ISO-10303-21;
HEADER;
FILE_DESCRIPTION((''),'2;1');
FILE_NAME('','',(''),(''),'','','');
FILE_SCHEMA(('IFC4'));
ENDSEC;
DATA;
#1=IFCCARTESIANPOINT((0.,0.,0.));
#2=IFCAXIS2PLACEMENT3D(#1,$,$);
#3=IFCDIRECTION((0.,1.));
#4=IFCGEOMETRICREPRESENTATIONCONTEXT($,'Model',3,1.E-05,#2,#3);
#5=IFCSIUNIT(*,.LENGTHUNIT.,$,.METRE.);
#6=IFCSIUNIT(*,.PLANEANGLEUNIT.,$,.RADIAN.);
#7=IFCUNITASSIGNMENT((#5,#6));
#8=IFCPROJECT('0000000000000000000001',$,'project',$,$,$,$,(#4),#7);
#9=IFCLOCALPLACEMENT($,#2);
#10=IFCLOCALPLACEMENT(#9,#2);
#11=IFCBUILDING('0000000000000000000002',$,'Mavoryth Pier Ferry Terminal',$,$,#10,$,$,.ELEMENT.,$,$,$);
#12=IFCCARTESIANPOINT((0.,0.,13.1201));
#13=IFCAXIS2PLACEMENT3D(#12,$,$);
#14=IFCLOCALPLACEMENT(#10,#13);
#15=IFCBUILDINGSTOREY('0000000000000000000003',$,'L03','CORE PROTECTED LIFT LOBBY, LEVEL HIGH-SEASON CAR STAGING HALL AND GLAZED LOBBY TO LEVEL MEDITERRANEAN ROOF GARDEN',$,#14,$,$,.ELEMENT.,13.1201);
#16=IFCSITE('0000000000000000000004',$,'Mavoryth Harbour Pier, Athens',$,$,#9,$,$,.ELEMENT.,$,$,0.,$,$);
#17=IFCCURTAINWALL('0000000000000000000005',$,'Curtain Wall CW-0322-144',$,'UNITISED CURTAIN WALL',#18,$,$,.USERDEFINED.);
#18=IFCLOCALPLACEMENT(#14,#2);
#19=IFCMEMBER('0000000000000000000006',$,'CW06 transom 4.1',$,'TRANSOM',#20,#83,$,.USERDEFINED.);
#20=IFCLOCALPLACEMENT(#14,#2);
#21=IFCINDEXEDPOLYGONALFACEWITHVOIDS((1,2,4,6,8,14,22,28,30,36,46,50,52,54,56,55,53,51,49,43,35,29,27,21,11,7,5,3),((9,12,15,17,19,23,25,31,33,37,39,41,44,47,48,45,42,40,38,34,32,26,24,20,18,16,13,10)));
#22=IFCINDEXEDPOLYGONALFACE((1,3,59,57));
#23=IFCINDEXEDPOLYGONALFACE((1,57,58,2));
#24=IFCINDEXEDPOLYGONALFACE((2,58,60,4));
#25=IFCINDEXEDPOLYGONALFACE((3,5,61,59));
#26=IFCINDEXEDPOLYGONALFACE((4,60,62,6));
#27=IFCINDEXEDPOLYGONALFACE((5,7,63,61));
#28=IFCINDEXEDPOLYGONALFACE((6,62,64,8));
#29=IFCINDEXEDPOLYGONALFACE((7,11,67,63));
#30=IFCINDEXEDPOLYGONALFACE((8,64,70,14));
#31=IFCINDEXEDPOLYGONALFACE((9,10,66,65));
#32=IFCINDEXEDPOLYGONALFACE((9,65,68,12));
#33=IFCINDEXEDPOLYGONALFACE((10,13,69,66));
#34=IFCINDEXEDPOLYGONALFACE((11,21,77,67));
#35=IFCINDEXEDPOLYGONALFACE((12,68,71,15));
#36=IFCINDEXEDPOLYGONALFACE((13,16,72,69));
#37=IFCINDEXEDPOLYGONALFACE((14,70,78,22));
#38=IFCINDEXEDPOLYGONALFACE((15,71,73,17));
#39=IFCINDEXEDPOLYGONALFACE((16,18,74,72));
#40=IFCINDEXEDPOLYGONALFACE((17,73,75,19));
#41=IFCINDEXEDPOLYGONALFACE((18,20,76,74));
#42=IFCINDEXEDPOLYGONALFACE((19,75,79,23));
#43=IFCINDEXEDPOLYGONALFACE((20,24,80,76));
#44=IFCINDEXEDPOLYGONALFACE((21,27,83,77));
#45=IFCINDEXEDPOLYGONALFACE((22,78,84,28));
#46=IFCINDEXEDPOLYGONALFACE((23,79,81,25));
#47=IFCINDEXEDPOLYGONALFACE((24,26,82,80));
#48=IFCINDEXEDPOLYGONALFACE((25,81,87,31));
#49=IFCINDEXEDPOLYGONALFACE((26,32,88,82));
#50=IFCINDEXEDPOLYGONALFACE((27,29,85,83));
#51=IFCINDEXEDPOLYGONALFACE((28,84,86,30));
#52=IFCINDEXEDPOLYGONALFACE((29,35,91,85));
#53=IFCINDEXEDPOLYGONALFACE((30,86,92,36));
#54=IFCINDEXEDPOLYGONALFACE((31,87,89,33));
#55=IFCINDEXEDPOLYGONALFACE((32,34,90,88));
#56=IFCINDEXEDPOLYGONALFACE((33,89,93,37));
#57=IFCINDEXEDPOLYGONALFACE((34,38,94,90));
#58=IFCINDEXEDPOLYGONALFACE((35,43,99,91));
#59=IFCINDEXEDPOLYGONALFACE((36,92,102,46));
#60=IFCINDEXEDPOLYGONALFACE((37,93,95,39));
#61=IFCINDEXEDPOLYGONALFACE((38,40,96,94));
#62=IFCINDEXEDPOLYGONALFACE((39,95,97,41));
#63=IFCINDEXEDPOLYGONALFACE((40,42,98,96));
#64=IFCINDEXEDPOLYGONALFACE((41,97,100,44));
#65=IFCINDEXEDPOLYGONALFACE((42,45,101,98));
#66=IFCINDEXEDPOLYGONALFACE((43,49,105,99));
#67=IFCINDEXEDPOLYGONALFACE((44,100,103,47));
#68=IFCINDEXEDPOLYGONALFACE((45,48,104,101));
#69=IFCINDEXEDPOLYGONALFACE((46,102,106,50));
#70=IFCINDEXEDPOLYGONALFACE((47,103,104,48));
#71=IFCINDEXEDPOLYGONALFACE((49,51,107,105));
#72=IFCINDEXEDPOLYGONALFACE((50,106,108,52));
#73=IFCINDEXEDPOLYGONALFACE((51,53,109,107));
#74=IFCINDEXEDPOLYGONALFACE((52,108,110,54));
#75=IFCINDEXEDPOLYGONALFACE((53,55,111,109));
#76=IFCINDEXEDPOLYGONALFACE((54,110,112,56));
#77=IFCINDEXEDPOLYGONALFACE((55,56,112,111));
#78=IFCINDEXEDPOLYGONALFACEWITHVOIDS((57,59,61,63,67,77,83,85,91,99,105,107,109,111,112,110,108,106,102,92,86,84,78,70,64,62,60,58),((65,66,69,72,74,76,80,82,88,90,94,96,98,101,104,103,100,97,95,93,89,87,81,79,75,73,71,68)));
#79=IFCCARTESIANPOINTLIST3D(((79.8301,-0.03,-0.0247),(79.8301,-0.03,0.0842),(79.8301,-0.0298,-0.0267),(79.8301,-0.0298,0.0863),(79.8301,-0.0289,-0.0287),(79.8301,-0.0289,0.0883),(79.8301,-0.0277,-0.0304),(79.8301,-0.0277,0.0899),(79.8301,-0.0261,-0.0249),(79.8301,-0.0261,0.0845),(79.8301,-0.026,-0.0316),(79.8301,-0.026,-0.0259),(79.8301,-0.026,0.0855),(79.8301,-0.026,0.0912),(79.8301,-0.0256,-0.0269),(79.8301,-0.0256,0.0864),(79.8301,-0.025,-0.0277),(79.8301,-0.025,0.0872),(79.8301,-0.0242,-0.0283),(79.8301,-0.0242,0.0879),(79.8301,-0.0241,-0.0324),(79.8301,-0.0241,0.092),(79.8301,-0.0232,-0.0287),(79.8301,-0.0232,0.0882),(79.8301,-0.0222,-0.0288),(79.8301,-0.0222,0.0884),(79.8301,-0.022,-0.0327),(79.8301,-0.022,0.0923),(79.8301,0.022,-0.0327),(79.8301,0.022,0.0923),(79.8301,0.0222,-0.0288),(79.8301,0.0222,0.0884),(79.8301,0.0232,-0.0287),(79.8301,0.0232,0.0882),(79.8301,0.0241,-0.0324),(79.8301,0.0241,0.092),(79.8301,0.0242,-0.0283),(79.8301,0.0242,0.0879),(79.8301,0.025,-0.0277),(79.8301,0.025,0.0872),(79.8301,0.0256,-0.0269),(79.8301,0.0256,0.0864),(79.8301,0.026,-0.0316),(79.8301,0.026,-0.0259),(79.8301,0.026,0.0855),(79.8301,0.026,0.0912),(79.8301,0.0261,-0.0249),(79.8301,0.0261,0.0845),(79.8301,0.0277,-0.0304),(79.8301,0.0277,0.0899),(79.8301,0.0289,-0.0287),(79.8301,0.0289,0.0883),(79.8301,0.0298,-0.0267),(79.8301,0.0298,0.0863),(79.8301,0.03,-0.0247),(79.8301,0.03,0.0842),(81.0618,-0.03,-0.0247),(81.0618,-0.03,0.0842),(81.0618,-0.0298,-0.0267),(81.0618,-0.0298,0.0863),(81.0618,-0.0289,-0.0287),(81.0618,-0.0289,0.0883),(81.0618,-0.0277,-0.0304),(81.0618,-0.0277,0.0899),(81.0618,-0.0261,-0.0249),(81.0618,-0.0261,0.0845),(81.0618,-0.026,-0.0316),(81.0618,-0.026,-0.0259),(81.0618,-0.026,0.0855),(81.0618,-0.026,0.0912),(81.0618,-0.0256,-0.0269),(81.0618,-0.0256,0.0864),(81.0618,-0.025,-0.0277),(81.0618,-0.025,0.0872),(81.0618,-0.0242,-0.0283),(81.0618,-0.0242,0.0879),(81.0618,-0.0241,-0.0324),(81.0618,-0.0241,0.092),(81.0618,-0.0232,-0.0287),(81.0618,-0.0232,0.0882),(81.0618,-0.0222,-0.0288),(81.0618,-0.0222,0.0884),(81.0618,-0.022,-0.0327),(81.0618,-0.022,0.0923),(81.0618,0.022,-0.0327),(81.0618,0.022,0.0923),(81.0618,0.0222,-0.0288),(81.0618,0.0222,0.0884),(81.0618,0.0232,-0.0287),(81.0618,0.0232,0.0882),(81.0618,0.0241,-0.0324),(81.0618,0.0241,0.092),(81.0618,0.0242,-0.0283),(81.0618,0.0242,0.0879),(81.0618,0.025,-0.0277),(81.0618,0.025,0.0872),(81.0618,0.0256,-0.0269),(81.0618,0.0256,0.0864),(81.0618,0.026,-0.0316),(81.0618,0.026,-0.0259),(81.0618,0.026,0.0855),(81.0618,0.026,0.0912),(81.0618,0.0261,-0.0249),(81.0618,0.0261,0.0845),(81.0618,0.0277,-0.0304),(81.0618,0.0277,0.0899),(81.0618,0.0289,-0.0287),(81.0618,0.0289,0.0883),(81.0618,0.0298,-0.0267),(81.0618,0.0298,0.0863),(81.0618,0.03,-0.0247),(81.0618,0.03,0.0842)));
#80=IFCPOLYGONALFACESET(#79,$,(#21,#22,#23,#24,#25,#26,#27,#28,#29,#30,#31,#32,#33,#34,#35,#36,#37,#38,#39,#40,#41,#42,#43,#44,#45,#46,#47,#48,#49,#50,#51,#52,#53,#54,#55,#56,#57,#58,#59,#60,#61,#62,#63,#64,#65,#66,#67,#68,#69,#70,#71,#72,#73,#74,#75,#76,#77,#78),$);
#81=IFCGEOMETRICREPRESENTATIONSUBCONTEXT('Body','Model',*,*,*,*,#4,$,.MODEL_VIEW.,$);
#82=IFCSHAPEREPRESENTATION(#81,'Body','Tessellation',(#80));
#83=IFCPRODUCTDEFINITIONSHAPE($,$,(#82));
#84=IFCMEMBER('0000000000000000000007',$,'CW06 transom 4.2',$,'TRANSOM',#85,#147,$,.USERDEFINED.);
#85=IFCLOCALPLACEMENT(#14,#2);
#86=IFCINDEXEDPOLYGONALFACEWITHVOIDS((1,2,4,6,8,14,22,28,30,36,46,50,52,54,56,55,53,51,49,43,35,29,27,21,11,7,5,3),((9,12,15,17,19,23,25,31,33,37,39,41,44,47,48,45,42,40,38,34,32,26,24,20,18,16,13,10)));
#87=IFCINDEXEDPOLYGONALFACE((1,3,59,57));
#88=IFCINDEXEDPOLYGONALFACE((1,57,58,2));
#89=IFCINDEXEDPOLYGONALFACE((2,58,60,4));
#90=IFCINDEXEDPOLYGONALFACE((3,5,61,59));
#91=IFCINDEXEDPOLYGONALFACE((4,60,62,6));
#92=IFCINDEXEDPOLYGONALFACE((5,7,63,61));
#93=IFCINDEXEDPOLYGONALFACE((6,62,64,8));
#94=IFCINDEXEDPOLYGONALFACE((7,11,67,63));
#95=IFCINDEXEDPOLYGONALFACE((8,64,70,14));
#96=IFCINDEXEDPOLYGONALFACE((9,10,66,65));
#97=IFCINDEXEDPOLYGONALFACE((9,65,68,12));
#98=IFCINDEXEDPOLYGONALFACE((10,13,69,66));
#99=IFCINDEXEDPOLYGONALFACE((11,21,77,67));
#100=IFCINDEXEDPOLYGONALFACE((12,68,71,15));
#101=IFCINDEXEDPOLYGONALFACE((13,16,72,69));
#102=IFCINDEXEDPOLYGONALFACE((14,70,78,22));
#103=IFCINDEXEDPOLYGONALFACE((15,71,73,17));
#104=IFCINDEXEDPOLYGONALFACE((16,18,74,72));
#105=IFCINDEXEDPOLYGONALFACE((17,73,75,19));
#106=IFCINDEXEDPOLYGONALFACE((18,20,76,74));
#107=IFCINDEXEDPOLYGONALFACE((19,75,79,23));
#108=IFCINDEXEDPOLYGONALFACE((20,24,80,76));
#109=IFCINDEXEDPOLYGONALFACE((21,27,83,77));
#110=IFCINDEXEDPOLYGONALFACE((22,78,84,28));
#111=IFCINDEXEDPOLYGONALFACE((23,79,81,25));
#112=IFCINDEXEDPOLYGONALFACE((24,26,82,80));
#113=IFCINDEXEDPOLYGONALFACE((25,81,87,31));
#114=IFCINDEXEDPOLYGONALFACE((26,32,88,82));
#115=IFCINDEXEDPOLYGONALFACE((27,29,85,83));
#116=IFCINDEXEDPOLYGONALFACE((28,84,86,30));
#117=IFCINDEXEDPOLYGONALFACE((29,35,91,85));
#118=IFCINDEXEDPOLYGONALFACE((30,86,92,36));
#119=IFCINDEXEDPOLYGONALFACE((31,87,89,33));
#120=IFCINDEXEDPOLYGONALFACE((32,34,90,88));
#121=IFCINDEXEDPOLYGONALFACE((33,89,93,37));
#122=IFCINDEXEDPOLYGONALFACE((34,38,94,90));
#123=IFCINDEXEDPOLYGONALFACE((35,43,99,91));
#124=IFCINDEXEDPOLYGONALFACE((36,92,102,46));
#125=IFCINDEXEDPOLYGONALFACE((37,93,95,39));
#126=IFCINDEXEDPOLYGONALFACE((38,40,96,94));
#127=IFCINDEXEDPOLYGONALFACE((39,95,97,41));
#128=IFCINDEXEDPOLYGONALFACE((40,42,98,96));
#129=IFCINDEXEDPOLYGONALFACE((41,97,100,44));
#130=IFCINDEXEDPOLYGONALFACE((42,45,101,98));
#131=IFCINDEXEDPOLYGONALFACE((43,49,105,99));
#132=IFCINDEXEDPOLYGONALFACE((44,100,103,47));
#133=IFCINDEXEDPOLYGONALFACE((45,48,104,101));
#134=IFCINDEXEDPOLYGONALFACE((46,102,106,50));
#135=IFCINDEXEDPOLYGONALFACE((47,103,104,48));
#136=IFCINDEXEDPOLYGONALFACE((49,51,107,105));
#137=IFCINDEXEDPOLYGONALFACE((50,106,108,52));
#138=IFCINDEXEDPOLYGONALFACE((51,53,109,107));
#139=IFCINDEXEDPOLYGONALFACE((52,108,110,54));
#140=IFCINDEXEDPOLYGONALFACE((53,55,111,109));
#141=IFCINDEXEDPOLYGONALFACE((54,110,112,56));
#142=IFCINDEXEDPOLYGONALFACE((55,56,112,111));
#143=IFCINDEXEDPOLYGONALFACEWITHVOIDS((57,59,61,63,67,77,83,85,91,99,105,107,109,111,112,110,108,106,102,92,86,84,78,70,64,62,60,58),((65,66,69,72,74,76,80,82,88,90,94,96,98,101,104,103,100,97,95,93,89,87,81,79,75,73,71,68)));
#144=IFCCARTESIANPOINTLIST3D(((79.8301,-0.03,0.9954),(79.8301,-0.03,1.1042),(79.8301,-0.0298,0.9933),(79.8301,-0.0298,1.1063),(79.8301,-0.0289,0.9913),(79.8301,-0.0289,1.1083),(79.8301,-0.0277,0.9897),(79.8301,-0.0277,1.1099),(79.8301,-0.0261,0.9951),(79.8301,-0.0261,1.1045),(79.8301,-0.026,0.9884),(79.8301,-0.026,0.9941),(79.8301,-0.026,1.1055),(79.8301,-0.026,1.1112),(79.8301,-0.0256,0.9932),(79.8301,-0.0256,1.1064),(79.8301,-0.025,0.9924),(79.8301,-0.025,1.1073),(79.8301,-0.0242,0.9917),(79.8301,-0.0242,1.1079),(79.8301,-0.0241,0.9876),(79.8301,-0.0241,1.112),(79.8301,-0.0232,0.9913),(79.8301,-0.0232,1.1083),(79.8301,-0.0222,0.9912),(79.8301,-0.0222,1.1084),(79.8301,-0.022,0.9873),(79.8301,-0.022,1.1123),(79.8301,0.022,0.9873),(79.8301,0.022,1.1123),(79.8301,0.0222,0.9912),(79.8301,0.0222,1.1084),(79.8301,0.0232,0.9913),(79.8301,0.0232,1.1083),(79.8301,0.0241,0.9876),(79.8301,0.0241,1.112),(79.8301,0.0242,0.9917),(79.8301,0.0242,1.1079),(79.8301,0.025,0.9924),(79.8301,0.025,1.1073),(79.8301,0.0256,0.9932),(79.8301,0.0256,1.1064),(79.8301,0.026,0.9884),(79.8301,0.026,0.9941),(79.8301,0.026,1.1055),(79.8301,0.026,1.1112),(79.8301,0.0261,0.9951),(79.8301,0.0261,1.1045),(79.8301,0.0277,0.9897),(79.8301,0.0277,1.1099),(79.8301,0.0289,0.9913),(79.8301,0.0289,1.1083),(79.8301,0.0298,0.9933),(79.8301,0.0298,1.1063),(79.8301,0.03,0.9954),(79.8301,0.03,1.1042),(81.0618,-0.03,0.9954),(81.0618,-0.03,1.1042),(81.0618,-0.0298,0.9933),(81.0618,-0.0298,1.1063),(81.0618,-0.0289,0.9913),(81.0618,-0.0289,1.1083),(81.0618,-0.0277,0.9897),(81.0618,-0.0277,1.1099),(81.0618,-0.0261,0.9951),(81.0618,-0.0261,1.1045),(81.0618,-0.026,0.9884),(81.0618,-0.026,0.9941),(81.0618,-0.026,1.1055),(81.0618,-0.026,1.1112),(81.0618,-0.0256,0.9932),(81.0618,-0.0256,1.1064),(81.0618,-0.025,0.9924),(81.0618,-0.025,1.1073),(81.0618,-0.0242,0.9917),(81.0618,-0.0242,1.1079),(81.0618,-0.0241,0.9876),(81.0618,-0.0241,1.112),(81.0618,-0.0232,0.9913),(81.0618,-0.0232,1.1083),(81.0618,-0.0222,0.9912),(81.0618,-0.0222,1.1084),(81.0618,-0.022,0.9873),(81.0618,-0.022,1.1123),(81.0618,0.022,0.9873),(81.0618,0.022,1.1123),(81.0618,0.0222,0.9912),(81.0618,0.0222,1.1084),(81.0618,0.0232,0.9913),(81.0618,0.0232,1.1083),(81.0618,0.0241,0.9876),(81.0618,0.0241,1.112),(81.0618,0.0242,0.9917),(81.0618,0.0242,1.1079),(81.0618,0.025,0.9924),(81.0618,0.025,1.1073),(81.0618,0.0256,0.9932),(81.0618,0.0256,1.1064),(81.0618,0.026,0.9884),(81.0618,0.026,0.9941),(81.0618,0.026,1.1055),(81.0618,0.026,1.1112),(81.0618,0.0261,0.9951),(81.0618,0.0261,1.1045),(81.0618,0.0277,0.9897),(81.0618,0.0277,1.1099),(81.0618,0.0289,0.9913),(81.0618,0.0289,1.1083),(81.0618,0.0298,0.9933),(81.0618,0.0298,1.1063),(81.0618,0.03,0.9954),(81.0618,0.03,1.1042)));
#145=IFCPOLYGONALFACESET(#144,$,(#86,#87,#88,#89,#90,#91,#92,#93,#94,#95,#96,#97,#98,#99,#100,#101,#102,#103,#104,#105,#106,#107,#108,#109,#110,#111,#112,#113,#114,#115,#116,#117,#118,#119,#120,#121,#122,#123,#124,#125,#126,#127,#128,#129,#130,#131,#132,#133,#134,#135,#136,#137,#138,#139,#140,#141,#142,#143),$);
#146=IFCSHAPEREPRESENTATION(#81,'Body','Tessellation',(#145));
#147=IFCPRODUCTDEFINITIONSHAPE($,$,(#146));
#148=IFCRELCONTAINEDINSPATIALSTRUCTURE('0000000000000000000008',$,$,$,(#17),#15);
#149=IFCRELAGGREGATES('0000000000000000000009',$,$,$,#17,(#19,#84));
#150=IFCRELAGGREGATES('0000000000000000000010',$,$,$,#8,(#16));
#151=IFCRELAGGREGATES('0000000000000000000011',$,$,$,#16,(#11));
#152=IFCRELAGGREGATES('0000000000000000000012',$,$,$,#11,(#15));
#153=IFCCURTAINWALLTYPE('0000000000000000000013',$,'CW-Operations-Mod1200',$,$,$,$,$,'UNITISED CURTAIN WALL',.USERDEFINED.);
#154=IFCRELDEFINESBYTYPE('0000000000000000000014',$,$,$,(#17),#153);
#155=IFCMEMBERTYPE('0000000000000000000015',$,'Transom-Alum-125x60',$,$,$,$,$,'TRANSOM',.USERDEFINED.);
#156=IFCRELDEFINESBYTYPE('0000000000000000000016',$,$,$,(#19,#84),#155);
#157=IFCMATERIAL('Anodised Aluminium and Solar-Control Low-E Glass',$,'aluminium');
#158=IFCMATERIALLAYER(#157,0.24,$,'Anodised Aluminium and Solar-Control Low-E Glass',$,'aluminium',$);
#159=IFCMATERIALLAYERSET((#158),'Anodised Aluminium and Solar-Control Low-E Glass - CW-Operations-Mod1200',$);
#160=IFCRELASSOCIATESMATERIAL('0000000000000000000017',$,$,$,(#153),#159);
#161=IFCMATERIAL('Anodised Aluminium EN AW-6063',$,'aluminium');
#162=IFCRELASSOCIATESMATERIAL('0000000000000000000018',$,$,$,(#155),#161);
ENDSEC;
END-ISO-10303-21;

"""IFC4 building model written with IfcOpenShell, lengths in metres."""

from ifc_helpers import new_model, si_unit, direction, frame, origin, origin_2d, place, context, subcontext, project, spatial, hollow_rectangle, extrude, material, layer, layer_set, material_profile, profile_set, type_object, element, aggregate, save


model = new_model("IFC4")

# Units and contexts
model_context = context("Model", 3, precision=1e-05, world=origin(), true_north=direction((0.0, 1.0)))
body_context = subcontext(model_context, "Body", "Model", "MODEL_VIEW")
ifc_project = project(units=[si_unit("LENGTHUNIT", "METRE"), si_unit("PLANEANGLEUNIT", "RADIAN")], contexts=[model_context])

# Site, building, storey
site_placement = place(None, origin())
site = spatial("IfcSite", under=ifc_project, at=site_placement, Name="Mavoryth Harbour Pier, Athens", CompositionType="ELEMENT", RefElevation=0.0)
building_placement = place(site_placement, origin())
building = spatial("IfcBuilding", under=site, at=building_placement, Name="Mavoryth Pier Ferry Terminal", CompositionType="ELEMENT")
storey_placement = place(building_placement, frame((0.0, 0.0, 13.1201)))
storey = spatial("IfcBuildingStorey", under=building, at=storey_placement, Name="L03", Description="CORE PROTECTED LIFT LOBBY, LEVEL HIGH-SEASON CAR STAGING HALL AND GLAZED LOBBY TO LEVEL MEDITERRANEAN ROOF GARDEN", CompositionType="ELEMENT", Elevation=13.1201)

# Curtain wall, members
ifc_material_1 = material(Name="Anodised Aluminium and Solar-Control Low-E Glass", Category="aluminium")
ifc_layer_1 = layer(ifc_material_1, 0.24, Name="Anodised Aluminium and Solar-Control Low-E Glass", Category="aluminium")
ifc_layer_set_1 = layer_set([ifc_layer_1], Name="Anodised Aluminium and Solar-Control Low-E Glass - CW-Operations-Mod1200")
curtain_wall_type = type_object("IfcCurtainWallType", Name="CW-Operations-Mod1200", ElementType="UNITISED CURTAIN WALL", PredefinedType="USERDEFINED", material=ifc_layer_set_1)
curtain_wall_placement = place(storey_placement, origin())
curtain_wall = element("IfcCurtainWall", 1, at=curtain_wall_placement, inside=storey, type_object=curtain_wall_type, Name="Curtain Wall CW-0322-144", ObjectType="UNITISED CURTAIN WALL", PredefinedType="USERDEFINED")
ifc_material_2 = material(Name="Anodised Aluminium EN AW-6063", Category="aluminium")
ifc_material_profile_1 = material_profile(ifc_material_2, hollow_rectangle(XDim=0.0601, YDim=0.125, WallThickness=0.0039, InnerFilletRadius=0.0039, OuterFilletRadius=0.0081, at=origin_2d()), Name="AL-TRAN 125x60x4", Category="aluminium")
ifc_profile_set_1 = profile_set([ifc_material_profile_1], Name="Anodised Aluminium EN AW-6063 - AL-TRAN 125x60x4")
member_type_1 = type_object("IfcMemberType", Name="Transom-Alum-125x60", ElementType="TRANSOM", PredefinedType="USERDEFINED", material=ifc_profile_set_1)
member_1_placement = place(storey_placement, frame((79.8301, 0.0, 0.0298), z_axis=(1.0, 0.0, 0.0), x_axis=(0.0, 1.0, 0.0)))
member_1 = element("IfcMember", 2, at=member_1_placement, type_object=member_type_1, Name="CW06 transom 4.1", ObjectType="TRANSOM", PredefinedType="USERDEFINED", context=body_context, shape_type="SweptSolid", body=[
    extrude(hollow_rectangle(XDim=0.0601, YDim=0.125, WallThickness=0.0039, InnerFilletRadius=0.0039, OuterFilletRadius=0.0081, at=origin_2d()), origin(), (0.0, 0.0, 1.0), 1.2317),
])
member_2_placement = place(storey_placement, frame((79.8301, 0.0, 1.0498), z_axis=(1.0, 0.0, 0.0), x_axis=(0.0, 1.0, 0.0)))
member_2 = element("IfcMember", 3, at=member_2_placement, type_object=member_type_1, Name="CW06 transom 4.2", ObjectType="TRANSOM", PredefinedType="USERDEFINED", context=body_context, shape_type="SweptSolid", body=[
    extrude(hollow_rectangle(XDim=0.0601, YDim=0.125, WallThickness=0.0039, InnerFilletRadius=0.0039, OuterFilletRadius=0.0081, at=origin_2d()), origin(), (0.0, 0.0, 1.0), 1.2317),
])
aggregate(curtain_wall, [member_1, member_2])

save(model, "model.ifc")
